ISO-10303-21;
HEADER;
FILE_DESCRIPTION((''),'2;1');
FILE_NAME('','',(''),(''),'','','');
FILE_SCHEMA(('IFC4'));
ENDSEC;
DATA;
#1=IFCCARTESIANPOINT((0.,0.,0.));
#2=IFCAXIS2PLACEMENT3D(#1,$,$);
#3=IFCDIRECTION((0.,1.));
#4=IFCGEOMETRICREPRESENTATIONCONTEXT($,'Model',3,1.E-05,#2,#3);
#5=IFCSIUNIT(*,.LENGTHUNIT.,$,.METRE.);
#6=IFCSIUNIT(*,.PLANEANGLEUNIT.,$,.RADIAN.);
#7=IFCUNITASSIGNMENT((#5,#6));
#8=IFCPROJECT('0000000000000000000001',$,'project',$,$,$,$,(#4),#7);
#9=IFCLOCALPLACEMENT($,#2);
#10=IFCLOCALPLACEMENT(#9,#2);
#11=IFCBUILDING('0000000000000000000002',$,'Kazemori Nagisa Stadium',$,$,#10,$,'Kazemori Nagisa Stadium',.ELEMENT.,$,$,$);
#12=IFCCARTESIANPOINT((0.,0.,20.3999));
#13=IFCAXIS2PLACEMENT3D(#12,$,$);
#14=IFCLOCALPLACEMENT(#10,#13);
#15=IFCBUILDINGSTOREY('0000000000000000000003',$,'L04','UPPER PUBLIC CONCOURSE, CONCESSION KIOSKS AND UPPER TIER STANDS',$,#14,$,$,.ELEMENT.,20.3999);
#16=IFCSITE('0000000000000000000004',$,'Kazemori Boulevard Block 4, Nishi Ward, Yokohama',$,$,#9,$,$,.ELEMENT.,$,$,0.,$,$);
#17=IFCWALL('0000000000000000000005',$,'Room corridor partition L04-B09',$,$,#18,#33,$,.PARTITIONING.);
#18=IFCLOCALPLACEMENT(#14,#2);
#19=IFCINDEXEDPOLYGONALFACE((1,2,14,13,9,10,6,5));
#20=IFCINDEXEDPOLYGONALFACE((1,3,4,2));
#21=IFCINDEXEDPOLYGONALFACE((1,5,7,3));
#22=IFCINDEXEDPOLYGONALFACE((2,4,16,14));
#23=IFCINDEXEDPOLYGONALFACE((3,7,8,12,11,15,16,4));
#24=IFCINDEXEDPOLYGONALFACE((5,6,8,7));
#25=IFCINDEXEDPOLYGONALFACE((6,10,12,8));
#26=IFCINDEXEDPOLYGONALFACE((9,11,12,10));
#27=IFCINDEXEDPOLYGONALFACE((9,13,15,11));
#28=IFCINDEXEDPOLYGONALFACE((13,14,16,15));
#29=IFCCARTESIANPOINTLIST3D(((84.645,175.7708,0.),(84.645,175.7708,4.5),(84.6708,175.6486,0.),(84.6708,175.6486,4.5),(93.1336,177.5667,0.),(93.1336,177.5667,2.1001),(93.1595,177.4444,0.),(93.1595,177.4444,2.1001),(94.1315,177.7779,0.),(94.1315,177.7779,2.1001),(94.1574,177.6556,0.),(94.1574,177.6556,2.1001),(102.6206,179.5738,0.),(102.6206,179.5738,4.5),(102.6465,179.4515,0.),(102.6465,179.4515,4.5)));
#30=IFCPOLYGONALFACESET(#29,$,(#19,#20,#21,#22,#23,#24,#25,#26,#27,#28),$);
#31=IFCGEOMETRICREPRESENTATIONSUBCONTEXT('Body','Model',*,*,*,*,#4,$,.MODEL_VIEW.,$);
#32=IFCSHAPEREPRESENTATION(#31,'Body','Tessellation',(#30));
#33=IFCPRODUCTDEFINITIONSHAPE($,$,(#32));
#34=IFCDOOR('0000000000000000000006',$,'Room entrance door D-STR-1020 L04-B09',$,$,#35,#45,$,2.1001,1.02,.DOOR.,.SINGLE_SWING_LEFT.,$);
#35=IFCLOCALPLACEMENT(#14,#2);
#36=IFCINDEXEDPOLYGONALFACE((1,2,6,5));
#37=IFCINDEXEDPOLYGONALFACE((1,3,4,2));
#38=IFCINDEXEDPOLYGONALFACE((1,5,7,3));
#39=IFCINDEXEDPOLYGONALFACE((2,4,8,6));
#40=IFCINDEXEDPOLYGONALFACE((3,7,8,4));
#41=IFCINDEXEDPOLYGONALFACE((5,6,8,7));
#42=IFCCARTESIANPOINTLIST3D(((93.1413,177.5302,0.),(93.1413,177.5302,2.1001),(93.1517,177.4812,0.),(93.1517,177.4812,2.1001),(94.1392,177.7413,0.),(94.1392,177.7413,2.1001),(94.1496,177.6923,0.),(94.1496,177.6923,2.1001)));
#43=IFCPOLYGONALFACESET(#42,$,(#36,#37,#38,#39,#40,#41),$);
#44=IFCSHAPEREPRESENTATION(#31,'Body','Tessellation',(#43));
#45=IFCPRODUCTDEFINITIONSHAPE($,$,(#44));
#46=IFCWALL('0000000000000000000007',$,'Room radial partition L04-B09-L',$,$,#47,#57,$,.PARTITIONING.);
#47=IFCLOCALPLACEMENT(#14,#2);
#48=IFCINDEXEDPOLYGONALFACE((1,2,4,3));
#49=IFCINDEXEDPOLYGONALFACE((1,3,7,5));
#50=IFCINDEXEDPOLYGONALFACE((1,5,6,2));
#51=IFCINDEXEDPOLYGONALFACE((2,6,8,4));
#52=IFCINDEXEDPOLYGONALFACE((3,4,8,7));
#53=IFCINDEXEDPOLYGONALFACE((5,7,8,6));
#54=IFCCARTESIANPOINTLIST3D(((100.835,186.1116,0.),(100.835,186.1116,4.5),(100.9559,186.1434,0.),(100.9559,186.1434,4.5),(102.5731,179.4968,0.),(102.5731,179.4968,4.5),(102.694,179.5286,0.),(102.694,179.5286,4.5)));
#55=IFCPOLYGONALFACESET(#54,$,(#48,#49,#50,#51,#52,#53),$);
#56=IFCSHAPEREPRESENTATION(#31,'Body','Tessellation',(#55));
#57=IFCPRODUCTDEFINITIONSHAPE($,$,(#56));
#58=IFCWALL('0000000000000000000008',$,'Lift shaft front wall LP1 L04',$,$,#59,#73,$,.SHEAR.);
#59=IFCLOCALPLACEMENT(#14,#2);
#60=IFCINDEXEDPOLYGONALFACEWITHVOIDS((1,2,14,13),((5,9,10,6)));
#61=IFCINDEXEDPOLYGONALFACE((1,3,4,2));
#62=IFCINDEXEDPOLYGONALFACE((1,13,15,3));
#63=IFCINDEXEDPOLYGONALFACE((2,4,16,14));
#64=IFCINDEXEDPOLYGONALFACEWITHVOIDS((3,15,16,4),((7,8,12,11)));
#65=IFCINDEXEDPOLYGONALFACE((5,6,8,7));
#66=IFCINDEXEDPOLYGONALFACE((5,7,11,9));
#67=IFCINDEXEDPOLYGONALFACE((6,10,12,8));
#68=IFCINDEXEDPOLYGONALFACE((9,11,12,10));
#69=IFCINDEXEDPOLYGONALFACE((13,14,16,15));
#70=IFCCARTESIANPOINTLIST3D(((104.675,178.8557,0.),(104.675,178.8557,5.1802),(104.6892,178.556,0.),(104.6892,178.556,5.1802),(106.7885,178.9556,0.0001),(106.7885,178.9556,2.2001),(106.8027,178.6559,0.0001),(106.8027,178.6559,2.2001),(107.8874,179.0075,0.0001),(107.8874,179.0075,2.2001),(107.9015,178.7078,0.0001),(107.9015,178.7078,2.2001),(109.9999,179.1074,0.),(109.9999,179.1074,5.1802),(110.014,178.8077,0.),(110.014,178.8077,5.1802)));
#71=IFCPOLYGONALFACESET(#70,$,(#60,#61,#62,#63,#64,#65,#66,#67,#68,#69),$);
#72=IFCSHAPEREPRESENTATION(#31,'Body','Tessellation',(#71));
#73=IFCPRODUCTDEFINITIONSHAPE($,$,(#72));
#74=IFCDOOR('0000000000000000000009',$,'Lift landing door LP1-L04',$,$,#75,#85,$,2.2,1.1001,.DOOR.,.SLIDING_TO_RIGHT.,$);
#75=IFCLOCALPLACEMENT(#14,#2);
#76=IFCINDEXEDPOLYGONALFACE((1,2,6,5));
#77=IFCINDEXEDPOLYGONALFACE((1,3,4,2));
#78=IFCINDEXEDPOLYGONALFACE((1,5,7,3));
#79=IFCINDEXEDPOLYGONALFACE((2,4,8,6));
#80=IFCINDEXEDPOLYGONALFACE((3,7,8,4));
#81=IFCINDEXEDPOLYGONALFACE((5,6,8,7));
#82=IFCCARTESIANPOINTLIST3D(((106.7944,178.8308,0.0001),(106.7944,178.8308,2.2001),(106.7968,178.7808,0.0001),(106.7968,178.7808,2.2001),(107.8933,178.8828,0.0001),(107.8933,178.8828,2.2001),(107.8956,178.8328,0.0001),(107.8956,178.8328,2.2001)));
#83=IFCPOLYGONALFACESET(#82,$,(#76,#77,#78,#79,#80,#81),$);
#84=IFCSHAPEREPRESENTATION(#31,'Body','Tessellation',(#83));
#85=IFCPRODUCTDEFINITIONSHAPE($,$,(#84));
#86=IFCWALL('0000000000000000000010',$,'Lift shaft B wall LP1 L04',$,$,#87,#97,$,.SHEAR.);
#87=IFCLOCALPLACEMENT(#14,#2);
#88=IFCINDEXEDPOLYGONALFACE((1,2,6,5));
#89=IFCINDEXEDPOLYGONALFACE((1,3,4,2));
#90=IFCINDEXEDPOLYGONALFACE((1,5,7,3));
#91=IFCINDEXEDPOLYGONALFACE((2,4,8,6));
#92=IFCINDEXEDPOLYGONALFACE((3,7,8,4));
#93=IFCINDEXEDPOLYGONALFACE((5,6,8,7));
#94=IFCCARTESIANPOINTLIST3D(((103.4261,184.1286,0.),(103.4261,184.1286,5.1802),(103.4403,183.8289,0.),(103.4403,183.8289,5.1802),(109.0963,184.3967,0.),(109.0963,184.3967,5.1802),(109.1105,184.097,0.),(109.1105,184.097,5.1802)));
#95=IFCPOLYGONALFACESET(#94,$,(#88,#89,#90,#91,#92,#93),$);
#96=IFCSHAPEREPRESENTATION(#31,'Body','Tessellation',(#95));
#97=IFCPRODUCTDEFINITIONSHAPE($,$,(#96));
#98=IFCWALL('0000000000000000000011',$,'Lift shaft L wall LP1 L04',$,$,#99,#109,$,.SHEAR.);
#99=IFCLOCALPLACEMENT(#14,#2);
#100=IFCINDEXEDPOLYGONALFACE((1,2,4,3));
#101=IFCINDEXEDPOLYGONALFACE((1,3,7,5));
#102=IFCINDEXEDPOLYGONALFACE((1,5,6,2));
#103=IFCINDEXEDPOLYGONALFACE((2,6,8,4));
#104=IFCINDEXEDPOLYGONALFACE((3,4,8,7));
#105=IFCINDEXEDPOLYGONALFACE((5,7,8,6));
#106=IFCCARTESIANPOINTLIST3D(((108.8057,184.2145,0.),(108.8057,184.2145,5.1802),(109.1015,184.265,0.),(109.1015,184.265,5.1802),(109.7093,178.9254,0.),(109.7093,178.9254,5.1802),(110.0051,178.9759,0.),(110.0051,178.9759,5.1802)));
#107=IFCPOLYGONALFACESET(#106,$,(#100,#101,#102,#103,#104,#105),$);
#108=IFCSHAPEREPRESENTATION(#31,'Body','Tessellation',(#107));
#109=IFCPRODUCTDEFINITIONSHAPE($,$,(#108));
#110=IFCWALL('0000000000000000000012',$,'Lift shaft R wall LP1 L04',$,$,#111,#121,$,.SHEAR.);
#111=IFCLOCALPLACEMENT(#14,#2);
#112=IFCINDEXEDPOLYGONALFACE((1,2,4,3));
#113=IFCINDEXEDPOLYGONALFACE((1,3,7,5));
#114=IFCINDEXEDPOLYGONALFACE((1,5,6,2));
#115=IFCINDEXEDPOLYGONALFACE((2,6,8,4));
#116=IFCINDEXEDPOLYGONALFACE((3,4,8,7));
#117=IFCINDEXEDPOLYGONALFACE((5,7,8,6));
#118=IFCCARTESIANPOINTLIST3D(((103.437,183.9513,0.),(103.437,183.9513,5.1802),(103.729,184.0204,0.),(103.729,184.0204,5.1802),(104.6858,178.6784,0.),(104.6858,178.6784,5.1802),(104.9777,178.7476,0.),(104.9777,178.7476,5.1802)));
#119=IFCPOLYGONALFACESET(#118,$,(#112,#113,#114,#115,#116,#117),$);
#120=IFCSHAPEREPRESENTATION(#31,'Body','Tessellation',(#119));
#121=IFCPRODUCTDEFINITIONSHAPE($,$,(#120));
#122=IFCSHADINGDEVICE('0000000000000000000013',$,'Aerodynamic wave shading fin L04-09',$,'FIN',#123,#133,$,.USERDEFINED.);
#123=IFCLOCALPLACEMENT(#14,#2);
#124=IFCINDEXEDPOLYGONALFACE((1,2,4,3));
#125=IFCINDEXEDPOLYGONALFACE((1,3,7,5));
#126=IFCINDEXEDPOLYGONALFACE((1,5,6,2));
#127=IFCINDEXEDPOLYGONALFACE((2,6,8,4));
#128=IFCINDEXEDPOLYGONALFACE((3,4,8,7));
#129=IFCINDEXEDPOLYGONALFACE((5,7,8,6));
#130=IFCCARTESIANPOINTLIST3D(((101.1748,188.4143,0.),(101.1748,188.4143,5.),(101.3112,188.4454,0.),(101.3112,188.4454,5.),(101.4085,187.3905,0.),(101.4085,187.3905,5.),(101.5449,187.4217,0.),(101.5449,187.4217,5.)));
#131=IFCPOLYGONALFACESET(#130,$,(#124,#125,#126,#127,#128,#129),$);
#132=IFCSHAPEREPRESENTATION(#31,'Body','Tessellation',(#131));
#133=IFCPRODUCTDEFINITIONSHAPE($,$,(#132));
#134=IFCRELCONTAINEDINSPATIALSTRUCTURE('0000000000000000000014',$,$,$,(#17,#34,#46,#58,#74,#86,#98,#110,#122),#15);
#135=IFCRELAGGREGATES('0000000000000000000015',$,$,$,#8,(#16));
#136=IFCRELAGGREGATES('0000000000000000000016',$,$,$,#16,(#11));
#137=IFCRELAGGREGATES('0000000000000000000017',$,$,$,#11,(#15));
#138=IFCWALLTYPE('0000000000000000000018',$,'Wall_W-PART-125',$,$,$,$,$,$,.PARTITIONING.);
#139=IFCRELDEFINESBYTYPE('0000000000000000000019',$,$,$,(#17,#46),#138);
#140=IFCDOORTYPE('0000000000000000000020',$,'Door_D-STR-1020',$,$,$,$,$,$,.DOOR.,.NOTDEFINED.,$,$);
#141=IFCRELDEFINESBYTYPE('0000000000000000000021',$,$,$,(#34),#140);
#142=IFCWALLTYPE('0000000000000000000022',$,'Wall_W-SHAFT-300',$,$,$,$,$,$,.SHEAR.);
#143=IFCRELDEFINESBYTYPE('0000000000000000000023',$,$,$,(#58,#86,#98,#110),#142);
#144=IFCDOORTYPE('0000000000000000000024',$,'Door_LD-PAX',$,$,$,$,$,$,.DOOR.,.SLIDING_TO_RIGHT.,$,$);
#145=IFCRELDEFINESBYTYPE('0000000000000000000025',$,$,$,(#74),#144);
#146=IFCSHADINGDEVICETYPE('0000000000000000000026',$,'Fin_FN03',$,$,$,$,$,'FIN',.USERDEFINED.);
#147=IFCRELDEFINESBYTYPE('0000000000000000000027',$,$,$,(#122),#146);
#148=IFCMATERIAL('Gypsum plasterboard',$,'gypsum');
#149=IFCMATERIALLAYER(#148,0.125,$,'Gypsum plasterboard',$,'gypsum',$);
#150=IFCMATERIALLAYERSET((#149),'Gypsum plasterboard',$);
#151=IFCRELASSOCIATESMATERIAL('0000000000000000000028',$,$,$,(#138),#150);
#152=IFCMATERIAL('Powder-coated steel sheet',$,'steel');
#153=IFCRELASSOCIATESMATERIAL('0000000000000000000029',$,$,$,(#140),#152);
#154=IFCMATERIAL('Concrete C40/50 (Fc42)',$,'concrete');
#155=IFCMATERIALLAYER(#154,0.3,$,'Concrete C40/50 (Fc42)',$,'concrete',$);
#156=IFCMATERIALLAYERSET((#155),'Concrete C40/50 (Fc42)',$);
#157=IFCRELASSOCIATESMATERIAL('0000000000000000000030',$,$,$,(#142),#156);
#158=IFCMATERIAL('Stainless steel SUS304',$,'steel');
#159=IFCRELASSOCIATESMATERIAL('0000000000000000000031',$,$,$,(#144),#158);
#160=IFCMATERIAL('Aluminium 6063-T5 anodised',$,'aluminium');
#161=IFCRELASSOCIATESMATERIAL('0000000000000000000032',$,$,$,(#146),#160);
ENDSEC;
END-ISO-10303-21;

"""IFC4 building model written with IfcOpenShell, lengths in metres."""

from ifc_helpers import new_model, si_unit, direction, frame, frame_2d, origin, origin_2d, place, context, subcontext, project, spatial, rectangle, extrude, material, layer, layer_set, type_object, element, fill, save


model = new_model("IFC4")

# Units and contexts
model_context = context("Model", 3, precision=1e-05, world=origin(), true_north=direction((0.0, 1.0)))
body_context = subcontext(model_context, "Body", "Model", "MODEL_VIEW")
ifc_project = project(units=[si_unit("LENGTHUNIT", "METRE"), si_unit("PLANEANGLEUNIT", "RADIAN")], contexts=[model_context])

# Site, building, storey
site_placement = place(None, origin())
site = spatial("IfcSite", under=ifc_project, at=site_placement, Name="Kazemori Boulevard Block 4, Nishi Ward, Yokohama", CompositionType="ELEMENT", RefElevation=0.0)
building_placement = place(site_placement, origin())
building = spatial("IfcBuilding", under=site, at=building_placement, Name="Kazemori Nagisa Stadium", LongName="Kazemori Nagisa Stadium", CompositionType="ELEMENT")
storey_placement = place(building_placement, frame((0.0, 0.0, 20.3999)))
storey = spatial("IfcBuildingStorey", under=building, at=storey_placement, Name="L04", Description="UPPER PUBLIC CONCOURSE, CONCESSION KIOSKS AND UPPER TIER STANDS", CompositionType="ELEMENT", Elevation=20.3999)

# Shared definitions
ifc_material_1 = material(Name="Aluminium 6063-T5 anodised", Category="aluminium")

# Shared definitions
ifc_material_2 = material(Name="Concrete C40/50 (Fc42)", Category="concrete")

# Wall, opening, door
ifc_material_3 = material(Name="Gypsum plasterboard", Category="gypsum")
ifc_layer_1 = layer(ifc_material_3, 0.125, Name="Gypsum plasterboard", Category="gypsum")
ifc_layer_set_1 = layer_set([ifc_layer_1], Name="Gypsum plasterboard")
wall_type_1 = type_object("IfcWallType", Name="Wall_W-PART-125", PredefinedType="PARTITIONING", material=ifc_layer_set_1)
wall_1_placement = place(storey_placement, frame((102.6335, 179.5127, 0.0), z_axis=(0.0, 0.0, 1.0), x_axis=(-0.978345, -0.206982, 0.0)))
wall_1 = element("IfcWall", 1, at=wall_1_placement, inside=storey, type_object=wall_type_1, Name="Room corridor partition L04-B09", PredefinedType="PARTITIONING", context=body_context, shape_type="SweptSolid", body=[
    extrude(rectangle(XDim=18.3735, YDim=0.125, at=frame_2d((9.1868, 0.0))), origin(), (0.0, 0.0, 1.0), 4.5),
])
opening_1_placement = place(wall_1_placement, frame((8.677, 0.0, 0.0)))
opening_1 = element("IfcOpeningElement", 2, at=opening_1_placement, cuts=wall_1, PredefinedType="OPENING", context=body_context, shape_type="SweptSolid", body=[
    extrude(rectangle(XDim=1.02, YDim=2.1001, at=frame_2d((0.51, 1.05))), frame((0.0, 0.0725, 0.0), z_axis=(0.0, -1.0, 0.0), x_axis=(1.0, 0.0, 0.0)), (0.0, 0.0, 1.0), 0.145),
])
ifc_material_4 = material(Name="Powder-coated steel sheet", Category="steel")
door_type_1 = type_object("IfcDoorType", Name="Door_D-STR-1020", OperationType="NOTDEFINED", PredefinedType="DOOR", material=ifc_material_4)
door_1_placement = place(opening_1_placement, origin())
door_1 = element("IfcDoor", 3, at=door_1_placement, inside=storey, type_object=door_type_1, Name="Room entrance door D-STR-1020 L04-B09", OperationType="SINGLE_SWING_LEFT", OverallHeight=2.1001, OverallWidth=1.02, PredefinedType="DOOR", context=body_context, shape_type="SweptSolid", body=[
    extrude(rectangle(XDim=1.02, YDim=2.1001, at=frame_2d((0.51, 1.05))), frame((0.0, 0.0249, 0.0), z_axis=(0.0, -1.0, 0.0), x_axis=(1.0, 0.0, 0.0)), (0.0, 0.0, 1.0), 0.05),
])
fill(opening_1, door_1)

# Wall
wall_2_placement = place(storey_placement, frame((102.6335, 179.5127, 0.0), z_axis=(0.0, 0.0, 1.0), x_axis=(-0.254126, 0.967171, 0.0)))
element("IfcWall", 4, at=wall_2_placement, inside=storey, type_object=wall_type_1, Name="Room radial partition L04-B09-L", PredefinedType="PARTITIONING", context=body_context, shape_type="SweptSolid", body=[
    extrude(rectangle(XDim=6.8394, YDim=0.125, at=frame_2d((3.4197, 0.0))), origin(), (0.0, 0.0, 1.0), 4.5),
])

# Wall, opening, door
ifc_layer_2 = layer(ifc_material_2, 0.3, Name="Concrete C40/50 (Fc42)", Category="concrete")
ifc_layer_set_2 = layer_set([ifc_layer_2], Name="Concrete C40/50 (Fc42)")
wall_type_2 = type_object("IfcWallType", Name="Wall_W-SHAFT-300", PredefinedType="SHEAR", material=ifc_layer_set_2)
wall_3_placement = place(storey_placement, frame((110.0071, 178.9575, 0.0), z_axis=(0.0, 0.0, 1.0), x_axis=(-0.998885, -0.047217, 0.0)))
wall_3 = element("IfcWall", 5, at=wall_3_placement, inside=storey, type_object=wall_type_2, Name="Lift shaft front wall LP1 L04", PredefinedType="SHEAR", context=body_context, shape_type="SweptSolid", body=[
    extrude(rectangle(XDim=5.3308, YDim=0.3, at=frame_2d((2.6655, 0.0))), origin(), (0.0, 0.0, 1.0), 5.1802),
])
opening_2_placement = place(wall_3_placement, frame((2.115, 0.0, 0.0)))
opening_2 = element("IfcOpeningElement", 6, at=opening_2_placement, cuts=wall_3, PredefinedType="OPENING", context=body_context, shape_type="SweptSolid", body=[
    extrude(rectangle(XDim=1.1001, YDim=2.2, at=frame_2d((0.55, 1.1001))), frame((0.0, 0.1599, 0.0), z_axis=(0.0, -1.0, 0.0), x_axis=(1.0, 0.0, 0.0)), (0.0, 0.0, 1.0), 0.3201),
])
ifc_material_5 = material(Name="Stainless steel SUS304", Category="steel")
door_type_2 = type_object("IfcDoorType", Name="Door_LD-PAX", OperationType="SLIDING_TO_RIGHT", PredefinedType="DOOR", material=ifc_material_5)
door_2_placement = place(opening_2_placement, origin())
door_2 = element("IfcDoor", 7, at=door_2_placement, inside=storey, type_object=door_type_2, Name="Lift landing door LP1-L04", OperationType="SLIDING_TO_RIGHT", OverallHeight=2.2, OverallWidth=1.1001, PredefinedType="DOOR", context=body_context, shape_type="SweptSolid", body=[
    extrude(rectangle(XDim=1.1001, YDim=2.2, at=frame_2d((0.55, 1.1001))), frame((0.0, 0.0249, 0.0), z_axis=(0.0, -1.0, 0.0), x_axis=(1.0, 0.0, 0.0)), (0.0, 0.0, 1.0), 0.05),
])
fill(opening_2, door_2)

# Walls
wall_4_placement = place(storey_placement, frame((109.1035, 184.2468, 0.0), z_axis=(0.0, 0.0, 1.0), x_axis=(-0.998884, -0.047224, 0.0)))
element("IfcWall", 8, at=wall_4_placement, inside=storey, type_object=wall_type_2, Name="Lift shaft B wall LP1 L04", PredefinedType="SHEAR", context=body_context, shape_type="SweptSolid", body=[
    extrude(rectangle(XDim=5.6765, YDim=0.3, at=frame_2d((2.8384, 0.0))), origin(), (0.0, 0.0, 1.0), 5.1802),
])
wall_5_placement = place(storey_placement, frame((109.8572, 178.9507, 0.0), z_axis=(0.0, 0.0, 1.0), x_axis=(-0.168397, 0.985719, 0.0)))
element("IfcWall", 9, at=wall_5_placement, inside=storey, type_object=wall_type_2, Name="Lift shaft L wall LP1 L04", PredefinedType="SHEAR", context=body_context, shape_type="SweptSolid", body=[
    extrude(rectangle(XDim=5.3657, YDim=0.3, at=frame_2d((2.6829, 0.0))), origin(), (0.0, 0.0, 1.0), 5.1802),
])
wall_6_placement = place(storey_placement, frame((104.8318, 178.7129, 0.0), z_axis=(0.0, 0.0, 1.0), x_axis=(-0.230453, 0.973083, 0.0)))
element("IfcWall", 10, at=wall_6_placement, inside=storey, type_object=wall_type_2, Name="Lift shaft R wall LP1 L04", PredefinedType="SHEAR", context=body_context, shape_type="SweptSolid", body=[
    extrude(rectangle(XDim=5.4187, YDim=0.3, at=frame_2d((2.7095, 0.0))), origin(), (0.0, 0.0, 1.0), 5.1802),
])

# Shading device
shading_device_type = type_object("IfcShadingDeviceType", Name="Fin_FN03", ElementType="FIN", PredefinedType="USERDEFINED", material=ifc_material_1)
shading_device_placement = place(storey_placement, frame((101.3599, 187.918, 0.0), z_axis=(0.0, 0.0, 1.0), x_axis=(-0.222521, 0.974928, 0.0)))
element("IfcShadingDevice", 11, at=shading_device_placement, inside=storey, type_object=shading_device_type, Name="Aerodynamic wave shading fin L04-09", ObjectType="FIN", PredefinedType="USERDEFINED", context=body_context, shape_type="SweptSolid", body=[
    extrude(rectangle(XDim=1.05, YDim=0.1399, at=origin_2d()), origin(), (0.0, 0.0, 1.0), 5.0),
])

save(model, "model.ifc")
